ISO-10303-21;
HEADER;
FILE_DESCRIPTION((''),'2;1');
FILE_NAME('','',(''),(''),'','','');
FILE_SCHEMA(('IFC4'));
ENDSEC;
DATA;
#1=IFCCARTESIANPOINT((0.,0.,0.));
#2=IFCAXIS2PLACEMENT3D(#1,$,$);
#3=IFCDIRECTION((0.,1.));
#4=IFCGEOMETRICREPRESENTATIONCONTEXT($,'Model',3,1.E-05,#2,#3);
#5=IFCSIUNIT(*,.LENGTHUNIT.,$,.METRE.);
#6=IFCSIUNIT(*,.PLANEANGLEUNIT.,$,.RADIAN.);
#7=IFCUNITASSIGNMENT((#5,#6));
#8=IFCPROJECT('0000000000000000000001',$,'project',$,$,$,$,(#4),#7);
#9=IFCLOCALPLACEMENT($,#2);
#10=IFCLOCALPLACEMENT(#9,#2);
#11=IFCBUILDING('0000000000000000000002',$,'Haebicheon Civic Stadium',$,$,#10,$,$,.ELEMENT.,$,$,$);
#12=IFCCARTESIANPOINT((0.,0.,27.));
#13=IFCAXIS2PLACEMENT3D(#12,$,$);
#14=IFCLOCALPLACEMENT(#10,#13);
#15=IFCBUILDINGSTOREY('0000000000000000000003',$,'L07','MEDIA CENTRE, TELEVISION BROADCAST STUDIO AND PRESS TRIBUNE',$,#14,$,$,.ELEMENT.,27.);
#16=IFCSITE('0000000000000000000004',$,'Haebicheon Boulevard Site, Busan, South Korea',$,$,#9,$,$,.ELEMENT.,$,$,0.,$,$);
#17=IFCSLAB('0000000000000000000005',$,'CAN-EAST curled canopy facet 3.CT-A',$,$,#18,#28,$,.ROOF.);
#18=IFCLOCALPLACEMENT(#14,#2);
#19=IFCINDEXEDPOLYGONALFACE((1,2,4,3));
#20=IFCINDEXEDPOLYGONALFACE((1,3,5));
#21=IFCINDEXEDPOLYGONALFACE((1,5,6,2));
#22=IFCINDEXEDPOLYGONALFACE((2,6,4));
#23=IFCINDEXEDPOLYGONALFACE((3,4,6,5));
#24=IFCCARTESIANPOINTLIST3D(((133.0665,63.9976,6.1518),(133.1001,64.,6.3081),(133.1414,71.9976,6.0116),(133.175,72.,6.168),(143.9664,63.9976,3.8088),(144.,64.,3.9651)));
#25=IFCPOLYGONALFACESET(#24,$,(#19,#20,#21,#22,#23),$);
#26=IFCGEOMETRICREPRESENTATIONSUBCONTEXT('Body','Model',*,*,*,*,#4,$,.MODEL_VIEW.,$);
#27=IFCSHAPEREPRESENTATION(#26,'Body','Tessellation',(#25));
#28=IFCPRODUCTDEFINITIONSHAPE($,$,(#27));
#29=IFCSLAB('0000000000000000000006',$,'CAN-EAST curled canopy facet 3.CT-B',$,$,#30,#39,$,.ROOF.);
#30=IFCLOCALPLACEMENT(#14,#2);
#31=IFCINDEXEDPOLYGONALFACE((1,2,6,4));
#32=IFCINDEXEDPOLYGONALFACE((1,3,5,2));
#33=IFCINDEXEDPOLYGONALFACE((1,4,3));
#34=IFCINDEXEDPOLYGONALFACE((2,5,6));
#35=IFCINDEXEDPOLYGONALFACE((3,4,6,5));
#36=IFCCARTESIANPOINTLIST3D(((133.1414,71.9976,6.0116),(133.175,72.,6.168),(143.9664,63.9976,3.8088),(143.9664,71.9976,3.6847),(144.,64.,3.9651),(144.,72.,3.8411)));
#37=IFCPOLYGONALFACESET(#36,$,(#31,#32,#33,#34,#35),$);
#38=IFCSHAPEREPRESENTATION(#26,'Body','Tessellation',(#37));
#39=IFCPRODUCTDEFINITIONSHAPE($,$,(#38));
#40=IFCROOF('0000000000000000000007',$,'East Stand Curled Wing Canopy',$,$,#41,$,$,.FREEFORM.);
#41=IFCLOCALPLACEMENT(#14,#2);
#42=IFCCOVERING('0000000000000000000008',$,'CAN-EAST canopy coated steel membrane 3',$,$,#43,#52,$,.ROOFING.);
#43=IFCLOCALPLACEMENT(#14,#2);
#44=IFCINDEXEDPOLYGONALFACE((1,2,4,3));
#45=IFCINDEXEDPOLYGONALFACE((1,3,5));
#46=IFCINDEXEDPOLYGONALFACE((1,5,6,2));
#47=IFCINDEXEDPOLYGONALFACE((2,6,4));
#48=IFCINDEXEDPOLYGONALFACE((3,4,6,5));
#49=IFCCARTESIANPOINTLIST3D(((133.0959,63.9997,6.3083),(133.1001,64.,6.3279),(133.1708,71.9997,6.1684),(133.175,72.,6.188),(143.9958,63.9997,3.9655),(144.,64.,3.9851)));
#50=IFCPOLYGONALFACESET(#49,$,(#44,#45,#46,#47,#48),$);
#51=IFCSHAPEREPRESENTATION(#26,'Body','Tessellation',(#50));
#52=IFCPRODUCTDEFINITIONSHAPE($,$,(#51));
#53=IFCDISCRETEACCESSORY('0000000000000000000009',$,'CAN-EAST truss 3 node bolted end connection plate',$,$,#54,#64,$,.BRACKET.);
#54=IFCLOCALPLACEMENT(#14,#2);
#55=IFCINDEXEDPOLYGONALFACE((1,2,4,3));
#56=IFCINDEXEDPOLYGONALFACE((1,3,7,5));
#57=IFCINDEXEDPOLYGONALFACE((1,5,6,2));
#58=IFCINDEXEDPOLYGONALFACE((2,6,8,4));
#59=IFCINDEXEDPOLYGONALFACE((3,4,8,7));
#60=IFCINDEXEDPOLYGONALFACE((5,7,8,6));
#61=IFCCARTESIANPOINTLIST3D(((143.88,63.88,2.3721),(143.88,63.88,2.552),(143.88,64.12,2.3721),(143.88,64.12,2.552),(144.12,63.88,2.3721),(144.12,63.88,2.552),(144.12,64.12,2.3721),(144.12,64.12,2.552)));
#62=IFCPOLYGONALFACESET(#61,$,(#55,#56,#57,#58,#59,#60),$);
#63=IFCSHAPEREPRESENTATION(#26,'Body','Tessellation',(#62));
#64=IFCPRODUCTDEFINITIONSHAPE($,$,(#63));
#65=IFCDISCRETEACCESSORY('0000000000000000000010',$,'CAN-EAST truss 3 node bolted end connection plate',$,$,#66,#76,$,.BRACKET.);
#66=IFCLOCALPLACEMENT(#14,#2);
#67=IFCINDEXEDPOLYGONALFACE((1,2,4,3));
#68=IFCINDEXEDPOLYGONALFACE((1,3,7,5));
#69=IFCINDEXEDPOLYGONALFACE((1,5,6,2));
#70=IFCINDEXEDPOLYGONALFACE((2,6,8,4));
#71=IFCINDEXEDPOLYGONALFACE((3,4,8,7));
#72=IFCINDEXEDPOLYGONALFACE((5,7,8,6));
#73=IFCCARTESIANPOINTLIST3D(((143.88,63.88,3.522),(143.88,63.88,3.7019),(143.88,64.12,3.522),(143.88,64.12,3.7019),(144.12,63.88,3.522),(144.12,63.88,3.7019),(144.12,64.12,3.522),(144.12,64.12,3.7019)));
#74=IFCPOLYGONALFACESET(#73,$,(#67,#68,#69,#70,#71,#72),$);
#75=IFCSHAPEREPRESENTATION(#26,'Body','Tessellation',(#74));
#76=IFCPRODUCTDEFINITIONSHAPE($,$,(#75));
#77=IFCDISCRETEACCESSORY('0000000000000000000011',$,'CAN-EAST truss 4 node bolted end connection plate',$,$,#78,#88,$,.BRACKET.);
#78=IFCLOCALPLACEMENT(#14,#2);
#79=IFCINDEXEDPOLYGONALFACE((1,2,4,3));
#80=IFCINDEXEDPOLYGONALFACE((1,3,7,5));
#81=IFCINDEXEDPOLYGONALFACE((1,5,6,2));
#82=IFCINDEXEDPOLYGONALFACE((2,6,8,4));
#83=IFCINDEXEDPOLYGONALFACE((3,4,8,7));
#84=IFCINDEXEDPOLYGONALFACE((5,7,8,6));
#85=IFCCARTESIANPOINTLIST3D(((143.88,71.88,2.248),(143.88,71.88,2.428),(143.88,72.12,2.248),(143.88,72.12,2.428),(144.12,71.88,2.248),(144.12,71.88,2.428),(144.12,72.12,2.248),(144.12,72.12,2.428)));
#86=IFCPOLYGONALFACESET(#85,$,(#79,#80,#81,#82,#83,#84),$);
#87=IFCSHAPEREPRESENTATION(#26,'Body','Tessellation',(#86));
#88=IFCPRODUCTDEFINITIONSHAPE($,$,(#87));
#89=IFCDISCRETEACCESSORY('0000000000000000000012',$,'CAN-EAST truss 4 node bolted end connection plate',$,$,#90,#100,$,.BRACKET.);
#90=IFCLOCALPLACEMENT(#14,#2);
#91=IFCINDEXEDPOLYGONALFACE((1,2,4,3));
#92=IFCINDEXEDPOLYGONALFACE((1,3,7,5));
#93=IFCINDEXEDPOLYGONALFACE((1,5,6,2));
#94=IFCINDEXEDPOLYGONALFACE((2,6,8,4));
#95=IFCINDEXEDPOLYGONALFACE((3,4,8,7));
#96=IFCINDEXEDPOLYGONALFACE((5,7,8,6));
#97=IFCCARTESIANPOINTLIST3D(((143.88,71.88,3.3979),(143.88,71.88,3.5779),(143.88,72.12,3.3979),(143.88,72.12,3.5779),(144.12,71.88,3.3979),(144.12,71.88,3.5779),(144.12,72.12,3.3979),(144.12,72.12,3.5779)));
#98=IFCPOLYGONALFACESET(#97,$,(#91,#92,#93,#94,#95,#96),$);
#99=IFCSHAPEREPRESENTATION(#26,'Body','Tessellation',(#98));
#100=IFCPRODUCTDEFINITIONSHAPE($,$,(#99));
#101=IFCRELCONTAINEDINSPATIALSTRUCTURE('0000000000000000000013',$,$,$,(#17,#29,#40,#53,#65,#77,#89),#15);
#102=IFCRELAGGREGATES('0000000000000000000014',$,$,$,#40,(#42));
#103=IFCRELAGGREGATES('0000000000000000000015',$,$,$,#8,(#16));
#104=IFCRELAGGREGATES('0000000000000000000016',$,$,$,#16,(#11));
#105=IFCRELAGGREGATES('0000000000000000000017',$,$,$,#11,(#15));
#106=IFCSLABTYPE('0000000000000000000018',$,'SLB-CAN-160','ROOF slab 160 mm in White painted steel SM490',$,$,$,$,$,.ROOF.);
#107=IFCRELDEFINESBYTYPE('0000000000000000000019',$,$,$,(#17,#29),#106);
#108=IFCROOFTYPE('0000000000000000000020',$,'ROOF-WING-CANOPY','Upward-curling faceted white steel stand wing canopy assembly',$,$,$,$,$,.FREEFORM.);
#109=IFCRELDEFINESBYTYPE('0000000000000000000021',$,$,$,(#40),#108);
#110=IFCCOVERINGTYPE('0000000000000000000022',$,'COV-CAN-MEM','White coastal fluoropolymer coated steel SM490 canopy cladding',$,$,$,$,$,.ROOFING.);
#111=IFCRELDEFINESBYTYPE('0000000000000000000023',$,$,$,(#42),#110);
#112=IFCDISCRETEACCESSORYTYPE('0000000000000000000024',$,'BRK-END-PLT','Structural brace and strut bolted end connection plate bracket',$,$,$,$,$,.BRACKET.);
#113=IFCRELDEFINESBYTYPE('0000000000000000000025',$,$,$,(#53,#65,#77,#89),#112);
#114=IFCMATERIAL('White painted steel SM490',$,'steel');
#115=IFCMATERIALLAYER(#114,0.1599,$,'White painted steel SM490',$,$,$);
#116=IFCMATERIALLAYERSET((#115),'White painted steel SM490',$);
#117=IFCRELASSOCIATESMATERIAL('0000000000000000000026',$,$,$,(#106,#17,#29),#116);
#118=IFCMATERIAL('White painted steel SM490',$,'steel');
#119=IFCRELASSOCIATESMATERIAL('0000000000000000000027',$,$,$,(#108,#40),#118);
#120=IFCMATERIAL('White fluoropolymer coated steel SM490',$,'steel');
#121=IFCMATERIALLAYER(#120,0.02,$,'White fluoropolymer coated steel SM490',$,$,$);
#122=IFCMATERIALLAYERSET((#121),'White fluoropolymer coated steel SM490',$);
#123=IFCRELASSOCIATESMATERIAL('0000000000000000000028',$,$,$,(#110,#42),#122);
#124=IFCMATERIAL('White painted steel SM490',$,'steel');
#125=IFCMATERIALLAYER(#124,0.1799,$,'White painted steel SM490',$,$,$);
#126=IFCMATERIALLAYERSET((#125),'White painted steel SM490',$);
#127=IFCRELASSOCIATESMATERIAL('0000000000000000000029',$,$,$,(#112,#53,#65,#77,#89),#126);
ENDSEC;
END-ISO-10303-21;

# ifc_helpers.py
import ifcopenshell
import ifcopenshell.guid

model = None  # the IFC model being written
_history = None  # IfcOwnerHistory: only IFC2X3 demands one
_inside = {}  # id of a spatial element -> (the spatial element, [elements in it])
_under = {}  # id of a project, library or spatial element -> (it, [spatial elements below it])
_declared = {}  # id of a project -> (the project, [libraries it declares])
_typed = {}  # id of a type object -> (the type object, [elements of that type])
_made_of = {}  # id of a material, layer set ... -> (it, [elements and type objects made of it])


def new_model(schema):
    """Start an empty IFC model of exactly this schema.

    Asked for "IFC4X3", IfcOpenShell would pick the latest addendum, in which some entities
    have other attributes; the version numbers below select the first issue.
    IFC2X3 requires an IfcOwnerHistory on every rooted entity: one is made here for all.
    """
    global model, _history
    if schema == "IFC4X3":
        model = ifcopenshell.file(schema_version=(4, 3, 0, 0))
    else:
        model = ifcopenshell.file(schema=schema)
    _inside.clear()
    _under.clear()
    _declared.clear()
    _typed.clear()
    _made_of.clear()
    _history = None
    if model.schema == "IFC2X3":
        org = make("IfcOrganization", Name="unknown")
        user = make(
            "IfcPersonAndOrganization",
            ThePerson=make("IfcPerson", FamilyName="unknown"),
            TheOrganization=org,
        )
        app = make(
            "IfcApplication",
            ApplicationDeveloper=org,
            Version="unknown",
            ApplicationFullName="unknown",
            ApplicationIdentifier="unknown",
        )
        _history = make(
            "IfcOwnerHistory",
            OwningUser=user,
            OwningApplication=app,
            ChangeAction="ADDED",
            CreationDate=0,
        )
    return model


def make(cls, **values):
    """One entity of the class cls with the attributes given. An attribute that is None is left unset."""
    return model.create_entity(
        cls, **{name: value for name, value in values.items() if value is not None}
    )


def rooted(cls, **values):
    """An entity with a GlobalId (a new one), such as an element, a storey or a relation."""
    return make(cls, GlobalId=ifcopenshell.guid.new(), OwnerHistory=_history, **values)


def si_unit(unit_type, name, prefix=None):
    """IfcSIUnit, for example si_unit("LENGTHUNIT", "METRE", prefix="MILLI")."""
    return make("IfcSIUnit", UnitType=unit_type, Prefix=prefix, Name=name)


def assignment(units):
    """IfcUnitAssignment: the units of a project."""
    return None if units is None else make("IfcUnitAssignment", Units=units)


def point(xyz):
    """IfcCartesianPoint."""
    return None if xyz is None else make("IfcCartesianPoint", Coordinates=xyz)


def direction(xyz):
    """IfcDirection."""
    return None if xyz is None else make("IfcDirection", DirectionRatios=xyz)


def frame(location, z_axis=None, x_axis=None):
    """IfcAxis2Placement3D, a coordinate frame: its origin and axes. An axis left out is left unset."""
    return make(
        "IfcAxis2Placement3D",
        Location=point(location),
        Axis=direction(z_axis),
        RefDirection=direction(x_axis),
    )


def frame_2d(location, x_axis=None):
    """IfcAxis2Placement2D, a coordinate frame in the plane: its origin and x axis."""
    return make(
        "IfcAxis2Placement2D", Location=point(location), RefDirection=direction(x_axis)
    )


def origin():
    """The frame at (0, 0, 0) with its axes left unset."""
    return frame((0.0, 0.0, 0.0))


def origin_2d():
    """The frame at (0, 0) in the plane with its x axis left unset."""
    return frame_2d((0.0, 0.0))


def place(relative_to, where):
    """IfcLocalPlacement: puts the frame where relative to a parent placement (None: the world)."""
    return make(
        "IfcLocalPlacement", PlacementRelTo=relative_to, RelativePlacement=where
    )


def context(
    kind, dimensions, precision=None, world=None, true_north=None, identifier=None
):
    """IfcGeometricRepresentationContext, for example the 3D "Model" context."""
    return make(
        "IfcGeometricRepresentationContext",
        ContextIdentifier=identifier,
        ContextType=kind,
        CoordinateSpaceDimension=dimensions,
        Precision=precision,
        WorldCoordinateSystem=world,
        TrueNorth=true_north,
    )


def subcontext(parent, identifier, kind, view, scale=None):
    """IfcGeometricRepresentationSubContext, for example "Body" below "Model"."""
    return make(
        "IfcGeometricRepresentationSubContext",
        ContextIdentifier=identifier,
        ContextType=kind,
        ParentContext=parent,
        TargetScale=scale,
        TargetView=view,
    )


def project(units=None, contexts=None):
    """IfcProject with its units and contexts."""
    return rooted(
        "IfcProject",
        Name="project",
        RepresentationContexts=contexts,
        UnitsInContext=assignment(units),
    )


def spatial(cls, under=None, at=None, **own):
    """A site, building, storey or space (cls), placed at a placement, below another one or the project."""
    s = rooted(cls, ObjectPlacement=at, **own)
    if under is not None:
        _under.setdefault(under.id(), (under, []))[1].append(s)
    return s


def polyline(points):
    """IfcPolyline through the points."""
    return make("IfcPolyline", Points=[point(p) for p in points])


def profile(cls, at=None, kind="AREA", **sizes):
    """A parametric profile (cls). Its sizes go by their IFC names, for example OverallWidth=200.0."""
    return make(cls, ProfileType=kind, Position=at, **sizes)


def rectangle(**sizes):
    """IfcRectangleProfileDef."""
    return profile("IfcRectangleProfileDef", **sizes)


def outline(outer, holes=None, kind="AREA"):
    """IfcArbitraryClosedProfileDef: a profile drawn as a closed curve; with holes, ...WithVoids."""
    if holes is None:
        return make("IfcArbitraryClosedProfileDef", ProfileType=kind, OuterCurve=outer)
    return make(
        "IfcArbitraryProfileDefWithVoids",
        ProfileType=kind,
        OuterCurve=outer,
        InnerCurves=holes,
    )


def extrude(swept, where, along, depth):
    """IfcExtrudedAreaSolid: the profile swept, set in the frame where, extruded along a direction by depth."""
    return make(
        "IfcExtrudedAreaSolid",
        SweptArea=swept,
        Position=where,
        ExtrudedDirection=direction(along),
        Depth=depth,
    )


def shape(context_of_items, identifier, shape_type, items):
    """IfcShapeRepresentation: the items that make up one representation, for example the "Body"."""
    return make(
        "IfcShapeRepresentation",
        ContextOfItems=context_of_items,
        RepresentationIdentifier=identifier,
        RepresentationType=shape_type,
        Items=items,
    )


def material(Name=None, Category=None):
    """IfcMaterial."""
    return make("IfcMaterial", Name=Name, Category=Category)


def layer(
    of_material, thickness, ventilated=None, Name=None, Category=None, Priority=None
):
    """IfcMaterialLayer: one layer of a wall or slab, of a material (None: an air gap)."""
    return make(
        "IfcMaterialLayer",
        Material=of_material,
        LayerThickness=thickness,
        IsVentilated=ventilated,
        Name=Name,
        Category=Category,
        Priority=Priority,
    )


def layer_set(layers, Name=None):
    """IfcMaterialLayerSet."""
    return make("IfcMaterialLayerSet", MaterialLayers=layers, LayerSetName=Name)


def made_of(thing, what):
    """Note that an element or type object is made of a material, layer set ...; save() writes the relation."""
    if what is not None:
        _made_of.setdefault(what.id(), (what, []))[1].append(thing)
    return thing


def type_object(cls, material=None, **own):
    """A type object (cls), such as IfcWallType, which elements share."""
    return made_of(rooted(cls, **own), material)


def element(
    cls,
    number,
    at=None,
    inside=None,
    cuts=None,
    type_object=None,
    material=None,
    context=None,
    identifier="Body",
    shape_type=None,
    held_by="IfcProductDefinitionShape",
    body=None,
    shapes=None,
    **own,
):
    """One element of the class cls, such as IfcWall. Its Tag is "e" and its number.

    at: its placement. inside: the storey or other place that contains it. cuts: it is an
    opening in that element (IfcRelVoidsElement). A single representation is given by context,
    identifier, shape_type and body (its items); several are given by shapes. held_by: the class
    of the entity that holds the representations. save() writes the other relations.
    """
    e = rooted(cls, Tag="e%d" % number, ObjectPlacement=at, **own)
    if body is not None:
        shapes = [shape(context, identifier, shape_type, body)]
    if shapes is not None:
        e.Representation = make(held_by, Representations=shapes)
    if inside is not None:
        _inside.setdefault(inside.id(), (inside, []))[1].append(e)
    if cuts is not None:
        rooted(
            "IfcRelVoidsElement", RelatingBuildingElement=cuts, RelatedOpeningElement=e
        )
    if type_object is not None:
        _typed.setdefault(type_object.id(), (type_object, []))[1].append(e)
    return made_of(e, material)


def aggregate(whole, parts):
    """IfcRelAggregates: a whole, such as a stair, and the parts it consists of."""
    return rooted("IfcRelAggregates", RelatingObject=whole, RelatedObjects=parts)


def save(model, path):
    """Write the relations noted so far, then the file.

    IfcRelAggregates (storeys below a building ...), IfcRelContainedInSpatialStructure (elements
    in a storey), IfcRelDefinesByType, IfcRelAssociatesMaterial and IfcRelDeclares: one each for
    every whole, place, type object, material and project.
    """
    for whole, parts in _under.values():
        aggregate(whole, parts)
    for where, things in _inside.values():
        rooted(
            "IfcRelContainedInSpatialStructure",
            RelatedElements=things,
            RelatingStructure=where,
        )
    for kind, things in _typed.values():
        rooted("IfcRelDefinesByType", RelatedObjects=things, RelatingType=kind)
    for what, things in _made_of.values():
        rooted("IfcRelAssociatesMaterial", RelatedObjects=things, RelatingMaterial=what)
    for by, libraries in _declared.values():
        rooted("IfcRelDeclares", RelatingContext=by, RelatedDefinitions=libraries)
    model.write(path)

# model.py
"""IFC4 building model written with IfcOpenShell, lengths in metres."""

from ifc_helpers import new_model, si_unit, direction, frame, origin, origin_2d, place, context, subcontext, project, spatial, polyline, rectangle, outline, extrude, material, layer, layer_set, type_object, element, aggregate, save


model = new_model("IFC4")

# Units and contexts
model_context = context("Model", 3, precision=1e-05, world=origin(), true_north=direction((0.0, 1.0)))
body_context = subcontext(model_context, "Body", "Model", "MODEL_VIEW")
ifc_project = project(units=[si_unit("LENGTHUNIT", "METRE"), si_unit("PLANEANGLEUNIT", "RADIAN")], contexts=[model_context])

# Site, building, storey
site_placement = place(None, origin())
site = spatial("IfcSite", under=ifc_project, at=site_placement, Name="Haebicheon Boulevard Site, Busan, South Korea", CompositionType="ELEMENT", RefElevation=0.0)
building_placement = place(site_placement, origin())
building = spatial("IfcBuilding", under=site, at=building_placement, Name="Haebicheon Civic Stadium", CompositionType="ELEMENT")
storey_placement = place(building_placement, frame((0.0, 0.0, 27.0)))
storey = spatial("IfcBuildingStorey", under=building, at=storey_placement, Name="L07", Description="MEDIA CENTRE, TELEVISION BROADCAST STUDIO AND PRESS TRIBUNE", CompositionType="ELEMENT", Elevation=27.0)

# Slabs
ifc_material_1 = material(Name="White painted steel SM490", Category="steel")
ifc_layer_1 = layer(ifc_material_1, 0.1599, Name="White painted steel SM490")
ifc_layer_set_1 = layer_set([ifc_layer_1], Name="White painted steel SM490")
slab_type = type_object("IfcSlabType", Name="SLB-CAN-160", Description="ROOF slab 160 mm in White painted steel SM490", PredefinedType="ROOF", material=ifc_layer_set_1)
slab_1_placement = place(storey_placement, frame((144.0, 64.0, 3.9651), z_axis=(0.210133, 0.015155, 0.977555), x_axis=(-0.977668, 0.0, 0.210157)))
element("IfcSlab", 1, at=slab_1_placement, inside=storey, type_object=slab_type, material=ifc_layer_set_1, Name="CAN-EAST curled canopy facet 3.CT-A", PredefinedType="ROOF", context=body_context, shape_type="SweptSolid", body=[
    extrude(outline(polyline([(0.0, 0.0), (11.1489, 0.0), (11.0462, -8.0009), (0.0, 0.0)])), origin(), (0.0, 0.0, -1.0), 0.1599),
])
slab_2_placement = place(storey_placement, frame((144.0, 64.0, 3.9651), z_axis=(0.210133, 0.015155, 0.977555), x_axis=(-0.793655, 0.586538, 0.161509)))
element("IfcSlab", 2, at=slab_2_placement, inside=storey, type_object=slab_type, material=ifc_layer_set_1, Name="CAN-EAST curled canopy facet 3.CT-B", PredefinedType="ROOF", context=body_context, shape_type="SweptSolid", body=[
    extrude(outline(polyline([(0.0, 0.0), (13.6394, 0.0), (4.6723, -6.495), (0.0, 0.0)])), origin(), (0.0, 0.0, -1.0), 0.1599),
])

# Roof, covering
ifc_material_2 = material(Name="White painted steel SM490", Category="steel")
roof_type = type_object("IfcRoofType", Name="ROOF-WING-CANOPY", Description="Upward-curling faceted white steel stand wing canopy assembly", PredefinedType="FREEFORM", material=ifc_material_2)
roof_placement = place(storey_placement, origin())
roof = element("IfcRoof", 3, at=roof_placement, inside=storey, type_object=roof_type, material=ifc_material_2, Name="East Stand Curled Wing Canopy", PredefinedType="FREEFORM")
ifc_material_3 = material(Name="White fluoropolymer coated steel SM490", Category="steel")
ifc_layer_2 = layer(ifc_material_3, 0.02, Name="White fluoropolymer coated steel SM490")
ifc_layer_set_2 = layer_set([ifc_layer_2], Name="White fluoropolymer coated steel SM490")
covering_type = type_object("IfcCoveringType", Name="COV-CAN-MEM", Description="White coastal fluoropolymer coated steel SM490 canopy cladding", PredefinedType="ROOFING", material=ifc_layer_set_2)
covering_placement = place(storey_placement, frame((144.0, 64.0, 3.9851), z_axis=(0.210112, 0.015126, 0.97756), x_axis=(-0.977672, 0.0, 0.210136)))
covering = element("IfcCovering", 4, at=covering_placement, type_object=covering_type, material=ifc_layer_set_2, Name="CAN-EAST canopy coated steel membrane 3", PredefinedType="ROOFING", context=body_context, shape_type="SweptSolid", body=[
    extrude(outline(polyline([(0.0, 0.0), (11.1488, 0.0), (11.0462, -8.0009), (0.0, 0.0)])), origin(), (0.0, 0.0, -1.0), 0.02),
])
aggregate(roof, [covering])

# Discrete accessories
ifc_material_4 = material(Name="White painted steel SM490", Category="steel")
ifc_layer_3 = layer(ifc_material_4, 0.1799, Name="White painted steel SM490")
ifc_layer_set_3 = layer_set([ifc_layer_3], Name="White painted steel SM490")
discrete_accessory_type = type_object("IfcDiscreteAccessoryType", Name="BRK-END-PLT", Description="Structural brace and strut bolted end connection plate bracket", PredefinedType="BRACKET", material=ifc_layer_set_3)
for number, where, z_axis, x_axis, name in (
    (5, (144.0, 64.0, 2.3721), (0.0, 0.0, 1.0), (1.0, 0.0, 0.0), "CAN-EAST truss 3 node bolted end connection plate"),
    (6, (144.0, 64.0, 3.522), (0.0, 0.0, 1.0), (1.0, 0.0, 0.0), "CAN-EAST truss 3 node bolted end connection plate"),
    (7, (144.0, 72.0, 2.248), (0.0, 0.0, 1.0), (1.0, 0.0, 0.0), "CAN-EAST truss 4 node bolted end connection plate"),
    (8, (144.0, 72.0, 3.3979), (0.0, 0.0, 1.0), (1.0, 0.0, 0.0), "CAN-EAST truss 4 node bolted end connection plate"),
):
    element("IfcDiscreteAccessory", number, at=place(storey_placement, frame(where, z_axis=z_axis, x_axis=x_axis)), inside=storey, type_object=discrete_accessory_type, material=ifc_layer_set_3, Name=name, PredefinedType="BRACKET", context=body_context, shape_type="SweptSolid", body=[
        extrude(rectangle(XDim=0.24, YDim=0.24, at=origin_2d()), origin(), (0.0, 0.0, 1.0), 0.1799),
    ])

save(model, "model.ifc")
